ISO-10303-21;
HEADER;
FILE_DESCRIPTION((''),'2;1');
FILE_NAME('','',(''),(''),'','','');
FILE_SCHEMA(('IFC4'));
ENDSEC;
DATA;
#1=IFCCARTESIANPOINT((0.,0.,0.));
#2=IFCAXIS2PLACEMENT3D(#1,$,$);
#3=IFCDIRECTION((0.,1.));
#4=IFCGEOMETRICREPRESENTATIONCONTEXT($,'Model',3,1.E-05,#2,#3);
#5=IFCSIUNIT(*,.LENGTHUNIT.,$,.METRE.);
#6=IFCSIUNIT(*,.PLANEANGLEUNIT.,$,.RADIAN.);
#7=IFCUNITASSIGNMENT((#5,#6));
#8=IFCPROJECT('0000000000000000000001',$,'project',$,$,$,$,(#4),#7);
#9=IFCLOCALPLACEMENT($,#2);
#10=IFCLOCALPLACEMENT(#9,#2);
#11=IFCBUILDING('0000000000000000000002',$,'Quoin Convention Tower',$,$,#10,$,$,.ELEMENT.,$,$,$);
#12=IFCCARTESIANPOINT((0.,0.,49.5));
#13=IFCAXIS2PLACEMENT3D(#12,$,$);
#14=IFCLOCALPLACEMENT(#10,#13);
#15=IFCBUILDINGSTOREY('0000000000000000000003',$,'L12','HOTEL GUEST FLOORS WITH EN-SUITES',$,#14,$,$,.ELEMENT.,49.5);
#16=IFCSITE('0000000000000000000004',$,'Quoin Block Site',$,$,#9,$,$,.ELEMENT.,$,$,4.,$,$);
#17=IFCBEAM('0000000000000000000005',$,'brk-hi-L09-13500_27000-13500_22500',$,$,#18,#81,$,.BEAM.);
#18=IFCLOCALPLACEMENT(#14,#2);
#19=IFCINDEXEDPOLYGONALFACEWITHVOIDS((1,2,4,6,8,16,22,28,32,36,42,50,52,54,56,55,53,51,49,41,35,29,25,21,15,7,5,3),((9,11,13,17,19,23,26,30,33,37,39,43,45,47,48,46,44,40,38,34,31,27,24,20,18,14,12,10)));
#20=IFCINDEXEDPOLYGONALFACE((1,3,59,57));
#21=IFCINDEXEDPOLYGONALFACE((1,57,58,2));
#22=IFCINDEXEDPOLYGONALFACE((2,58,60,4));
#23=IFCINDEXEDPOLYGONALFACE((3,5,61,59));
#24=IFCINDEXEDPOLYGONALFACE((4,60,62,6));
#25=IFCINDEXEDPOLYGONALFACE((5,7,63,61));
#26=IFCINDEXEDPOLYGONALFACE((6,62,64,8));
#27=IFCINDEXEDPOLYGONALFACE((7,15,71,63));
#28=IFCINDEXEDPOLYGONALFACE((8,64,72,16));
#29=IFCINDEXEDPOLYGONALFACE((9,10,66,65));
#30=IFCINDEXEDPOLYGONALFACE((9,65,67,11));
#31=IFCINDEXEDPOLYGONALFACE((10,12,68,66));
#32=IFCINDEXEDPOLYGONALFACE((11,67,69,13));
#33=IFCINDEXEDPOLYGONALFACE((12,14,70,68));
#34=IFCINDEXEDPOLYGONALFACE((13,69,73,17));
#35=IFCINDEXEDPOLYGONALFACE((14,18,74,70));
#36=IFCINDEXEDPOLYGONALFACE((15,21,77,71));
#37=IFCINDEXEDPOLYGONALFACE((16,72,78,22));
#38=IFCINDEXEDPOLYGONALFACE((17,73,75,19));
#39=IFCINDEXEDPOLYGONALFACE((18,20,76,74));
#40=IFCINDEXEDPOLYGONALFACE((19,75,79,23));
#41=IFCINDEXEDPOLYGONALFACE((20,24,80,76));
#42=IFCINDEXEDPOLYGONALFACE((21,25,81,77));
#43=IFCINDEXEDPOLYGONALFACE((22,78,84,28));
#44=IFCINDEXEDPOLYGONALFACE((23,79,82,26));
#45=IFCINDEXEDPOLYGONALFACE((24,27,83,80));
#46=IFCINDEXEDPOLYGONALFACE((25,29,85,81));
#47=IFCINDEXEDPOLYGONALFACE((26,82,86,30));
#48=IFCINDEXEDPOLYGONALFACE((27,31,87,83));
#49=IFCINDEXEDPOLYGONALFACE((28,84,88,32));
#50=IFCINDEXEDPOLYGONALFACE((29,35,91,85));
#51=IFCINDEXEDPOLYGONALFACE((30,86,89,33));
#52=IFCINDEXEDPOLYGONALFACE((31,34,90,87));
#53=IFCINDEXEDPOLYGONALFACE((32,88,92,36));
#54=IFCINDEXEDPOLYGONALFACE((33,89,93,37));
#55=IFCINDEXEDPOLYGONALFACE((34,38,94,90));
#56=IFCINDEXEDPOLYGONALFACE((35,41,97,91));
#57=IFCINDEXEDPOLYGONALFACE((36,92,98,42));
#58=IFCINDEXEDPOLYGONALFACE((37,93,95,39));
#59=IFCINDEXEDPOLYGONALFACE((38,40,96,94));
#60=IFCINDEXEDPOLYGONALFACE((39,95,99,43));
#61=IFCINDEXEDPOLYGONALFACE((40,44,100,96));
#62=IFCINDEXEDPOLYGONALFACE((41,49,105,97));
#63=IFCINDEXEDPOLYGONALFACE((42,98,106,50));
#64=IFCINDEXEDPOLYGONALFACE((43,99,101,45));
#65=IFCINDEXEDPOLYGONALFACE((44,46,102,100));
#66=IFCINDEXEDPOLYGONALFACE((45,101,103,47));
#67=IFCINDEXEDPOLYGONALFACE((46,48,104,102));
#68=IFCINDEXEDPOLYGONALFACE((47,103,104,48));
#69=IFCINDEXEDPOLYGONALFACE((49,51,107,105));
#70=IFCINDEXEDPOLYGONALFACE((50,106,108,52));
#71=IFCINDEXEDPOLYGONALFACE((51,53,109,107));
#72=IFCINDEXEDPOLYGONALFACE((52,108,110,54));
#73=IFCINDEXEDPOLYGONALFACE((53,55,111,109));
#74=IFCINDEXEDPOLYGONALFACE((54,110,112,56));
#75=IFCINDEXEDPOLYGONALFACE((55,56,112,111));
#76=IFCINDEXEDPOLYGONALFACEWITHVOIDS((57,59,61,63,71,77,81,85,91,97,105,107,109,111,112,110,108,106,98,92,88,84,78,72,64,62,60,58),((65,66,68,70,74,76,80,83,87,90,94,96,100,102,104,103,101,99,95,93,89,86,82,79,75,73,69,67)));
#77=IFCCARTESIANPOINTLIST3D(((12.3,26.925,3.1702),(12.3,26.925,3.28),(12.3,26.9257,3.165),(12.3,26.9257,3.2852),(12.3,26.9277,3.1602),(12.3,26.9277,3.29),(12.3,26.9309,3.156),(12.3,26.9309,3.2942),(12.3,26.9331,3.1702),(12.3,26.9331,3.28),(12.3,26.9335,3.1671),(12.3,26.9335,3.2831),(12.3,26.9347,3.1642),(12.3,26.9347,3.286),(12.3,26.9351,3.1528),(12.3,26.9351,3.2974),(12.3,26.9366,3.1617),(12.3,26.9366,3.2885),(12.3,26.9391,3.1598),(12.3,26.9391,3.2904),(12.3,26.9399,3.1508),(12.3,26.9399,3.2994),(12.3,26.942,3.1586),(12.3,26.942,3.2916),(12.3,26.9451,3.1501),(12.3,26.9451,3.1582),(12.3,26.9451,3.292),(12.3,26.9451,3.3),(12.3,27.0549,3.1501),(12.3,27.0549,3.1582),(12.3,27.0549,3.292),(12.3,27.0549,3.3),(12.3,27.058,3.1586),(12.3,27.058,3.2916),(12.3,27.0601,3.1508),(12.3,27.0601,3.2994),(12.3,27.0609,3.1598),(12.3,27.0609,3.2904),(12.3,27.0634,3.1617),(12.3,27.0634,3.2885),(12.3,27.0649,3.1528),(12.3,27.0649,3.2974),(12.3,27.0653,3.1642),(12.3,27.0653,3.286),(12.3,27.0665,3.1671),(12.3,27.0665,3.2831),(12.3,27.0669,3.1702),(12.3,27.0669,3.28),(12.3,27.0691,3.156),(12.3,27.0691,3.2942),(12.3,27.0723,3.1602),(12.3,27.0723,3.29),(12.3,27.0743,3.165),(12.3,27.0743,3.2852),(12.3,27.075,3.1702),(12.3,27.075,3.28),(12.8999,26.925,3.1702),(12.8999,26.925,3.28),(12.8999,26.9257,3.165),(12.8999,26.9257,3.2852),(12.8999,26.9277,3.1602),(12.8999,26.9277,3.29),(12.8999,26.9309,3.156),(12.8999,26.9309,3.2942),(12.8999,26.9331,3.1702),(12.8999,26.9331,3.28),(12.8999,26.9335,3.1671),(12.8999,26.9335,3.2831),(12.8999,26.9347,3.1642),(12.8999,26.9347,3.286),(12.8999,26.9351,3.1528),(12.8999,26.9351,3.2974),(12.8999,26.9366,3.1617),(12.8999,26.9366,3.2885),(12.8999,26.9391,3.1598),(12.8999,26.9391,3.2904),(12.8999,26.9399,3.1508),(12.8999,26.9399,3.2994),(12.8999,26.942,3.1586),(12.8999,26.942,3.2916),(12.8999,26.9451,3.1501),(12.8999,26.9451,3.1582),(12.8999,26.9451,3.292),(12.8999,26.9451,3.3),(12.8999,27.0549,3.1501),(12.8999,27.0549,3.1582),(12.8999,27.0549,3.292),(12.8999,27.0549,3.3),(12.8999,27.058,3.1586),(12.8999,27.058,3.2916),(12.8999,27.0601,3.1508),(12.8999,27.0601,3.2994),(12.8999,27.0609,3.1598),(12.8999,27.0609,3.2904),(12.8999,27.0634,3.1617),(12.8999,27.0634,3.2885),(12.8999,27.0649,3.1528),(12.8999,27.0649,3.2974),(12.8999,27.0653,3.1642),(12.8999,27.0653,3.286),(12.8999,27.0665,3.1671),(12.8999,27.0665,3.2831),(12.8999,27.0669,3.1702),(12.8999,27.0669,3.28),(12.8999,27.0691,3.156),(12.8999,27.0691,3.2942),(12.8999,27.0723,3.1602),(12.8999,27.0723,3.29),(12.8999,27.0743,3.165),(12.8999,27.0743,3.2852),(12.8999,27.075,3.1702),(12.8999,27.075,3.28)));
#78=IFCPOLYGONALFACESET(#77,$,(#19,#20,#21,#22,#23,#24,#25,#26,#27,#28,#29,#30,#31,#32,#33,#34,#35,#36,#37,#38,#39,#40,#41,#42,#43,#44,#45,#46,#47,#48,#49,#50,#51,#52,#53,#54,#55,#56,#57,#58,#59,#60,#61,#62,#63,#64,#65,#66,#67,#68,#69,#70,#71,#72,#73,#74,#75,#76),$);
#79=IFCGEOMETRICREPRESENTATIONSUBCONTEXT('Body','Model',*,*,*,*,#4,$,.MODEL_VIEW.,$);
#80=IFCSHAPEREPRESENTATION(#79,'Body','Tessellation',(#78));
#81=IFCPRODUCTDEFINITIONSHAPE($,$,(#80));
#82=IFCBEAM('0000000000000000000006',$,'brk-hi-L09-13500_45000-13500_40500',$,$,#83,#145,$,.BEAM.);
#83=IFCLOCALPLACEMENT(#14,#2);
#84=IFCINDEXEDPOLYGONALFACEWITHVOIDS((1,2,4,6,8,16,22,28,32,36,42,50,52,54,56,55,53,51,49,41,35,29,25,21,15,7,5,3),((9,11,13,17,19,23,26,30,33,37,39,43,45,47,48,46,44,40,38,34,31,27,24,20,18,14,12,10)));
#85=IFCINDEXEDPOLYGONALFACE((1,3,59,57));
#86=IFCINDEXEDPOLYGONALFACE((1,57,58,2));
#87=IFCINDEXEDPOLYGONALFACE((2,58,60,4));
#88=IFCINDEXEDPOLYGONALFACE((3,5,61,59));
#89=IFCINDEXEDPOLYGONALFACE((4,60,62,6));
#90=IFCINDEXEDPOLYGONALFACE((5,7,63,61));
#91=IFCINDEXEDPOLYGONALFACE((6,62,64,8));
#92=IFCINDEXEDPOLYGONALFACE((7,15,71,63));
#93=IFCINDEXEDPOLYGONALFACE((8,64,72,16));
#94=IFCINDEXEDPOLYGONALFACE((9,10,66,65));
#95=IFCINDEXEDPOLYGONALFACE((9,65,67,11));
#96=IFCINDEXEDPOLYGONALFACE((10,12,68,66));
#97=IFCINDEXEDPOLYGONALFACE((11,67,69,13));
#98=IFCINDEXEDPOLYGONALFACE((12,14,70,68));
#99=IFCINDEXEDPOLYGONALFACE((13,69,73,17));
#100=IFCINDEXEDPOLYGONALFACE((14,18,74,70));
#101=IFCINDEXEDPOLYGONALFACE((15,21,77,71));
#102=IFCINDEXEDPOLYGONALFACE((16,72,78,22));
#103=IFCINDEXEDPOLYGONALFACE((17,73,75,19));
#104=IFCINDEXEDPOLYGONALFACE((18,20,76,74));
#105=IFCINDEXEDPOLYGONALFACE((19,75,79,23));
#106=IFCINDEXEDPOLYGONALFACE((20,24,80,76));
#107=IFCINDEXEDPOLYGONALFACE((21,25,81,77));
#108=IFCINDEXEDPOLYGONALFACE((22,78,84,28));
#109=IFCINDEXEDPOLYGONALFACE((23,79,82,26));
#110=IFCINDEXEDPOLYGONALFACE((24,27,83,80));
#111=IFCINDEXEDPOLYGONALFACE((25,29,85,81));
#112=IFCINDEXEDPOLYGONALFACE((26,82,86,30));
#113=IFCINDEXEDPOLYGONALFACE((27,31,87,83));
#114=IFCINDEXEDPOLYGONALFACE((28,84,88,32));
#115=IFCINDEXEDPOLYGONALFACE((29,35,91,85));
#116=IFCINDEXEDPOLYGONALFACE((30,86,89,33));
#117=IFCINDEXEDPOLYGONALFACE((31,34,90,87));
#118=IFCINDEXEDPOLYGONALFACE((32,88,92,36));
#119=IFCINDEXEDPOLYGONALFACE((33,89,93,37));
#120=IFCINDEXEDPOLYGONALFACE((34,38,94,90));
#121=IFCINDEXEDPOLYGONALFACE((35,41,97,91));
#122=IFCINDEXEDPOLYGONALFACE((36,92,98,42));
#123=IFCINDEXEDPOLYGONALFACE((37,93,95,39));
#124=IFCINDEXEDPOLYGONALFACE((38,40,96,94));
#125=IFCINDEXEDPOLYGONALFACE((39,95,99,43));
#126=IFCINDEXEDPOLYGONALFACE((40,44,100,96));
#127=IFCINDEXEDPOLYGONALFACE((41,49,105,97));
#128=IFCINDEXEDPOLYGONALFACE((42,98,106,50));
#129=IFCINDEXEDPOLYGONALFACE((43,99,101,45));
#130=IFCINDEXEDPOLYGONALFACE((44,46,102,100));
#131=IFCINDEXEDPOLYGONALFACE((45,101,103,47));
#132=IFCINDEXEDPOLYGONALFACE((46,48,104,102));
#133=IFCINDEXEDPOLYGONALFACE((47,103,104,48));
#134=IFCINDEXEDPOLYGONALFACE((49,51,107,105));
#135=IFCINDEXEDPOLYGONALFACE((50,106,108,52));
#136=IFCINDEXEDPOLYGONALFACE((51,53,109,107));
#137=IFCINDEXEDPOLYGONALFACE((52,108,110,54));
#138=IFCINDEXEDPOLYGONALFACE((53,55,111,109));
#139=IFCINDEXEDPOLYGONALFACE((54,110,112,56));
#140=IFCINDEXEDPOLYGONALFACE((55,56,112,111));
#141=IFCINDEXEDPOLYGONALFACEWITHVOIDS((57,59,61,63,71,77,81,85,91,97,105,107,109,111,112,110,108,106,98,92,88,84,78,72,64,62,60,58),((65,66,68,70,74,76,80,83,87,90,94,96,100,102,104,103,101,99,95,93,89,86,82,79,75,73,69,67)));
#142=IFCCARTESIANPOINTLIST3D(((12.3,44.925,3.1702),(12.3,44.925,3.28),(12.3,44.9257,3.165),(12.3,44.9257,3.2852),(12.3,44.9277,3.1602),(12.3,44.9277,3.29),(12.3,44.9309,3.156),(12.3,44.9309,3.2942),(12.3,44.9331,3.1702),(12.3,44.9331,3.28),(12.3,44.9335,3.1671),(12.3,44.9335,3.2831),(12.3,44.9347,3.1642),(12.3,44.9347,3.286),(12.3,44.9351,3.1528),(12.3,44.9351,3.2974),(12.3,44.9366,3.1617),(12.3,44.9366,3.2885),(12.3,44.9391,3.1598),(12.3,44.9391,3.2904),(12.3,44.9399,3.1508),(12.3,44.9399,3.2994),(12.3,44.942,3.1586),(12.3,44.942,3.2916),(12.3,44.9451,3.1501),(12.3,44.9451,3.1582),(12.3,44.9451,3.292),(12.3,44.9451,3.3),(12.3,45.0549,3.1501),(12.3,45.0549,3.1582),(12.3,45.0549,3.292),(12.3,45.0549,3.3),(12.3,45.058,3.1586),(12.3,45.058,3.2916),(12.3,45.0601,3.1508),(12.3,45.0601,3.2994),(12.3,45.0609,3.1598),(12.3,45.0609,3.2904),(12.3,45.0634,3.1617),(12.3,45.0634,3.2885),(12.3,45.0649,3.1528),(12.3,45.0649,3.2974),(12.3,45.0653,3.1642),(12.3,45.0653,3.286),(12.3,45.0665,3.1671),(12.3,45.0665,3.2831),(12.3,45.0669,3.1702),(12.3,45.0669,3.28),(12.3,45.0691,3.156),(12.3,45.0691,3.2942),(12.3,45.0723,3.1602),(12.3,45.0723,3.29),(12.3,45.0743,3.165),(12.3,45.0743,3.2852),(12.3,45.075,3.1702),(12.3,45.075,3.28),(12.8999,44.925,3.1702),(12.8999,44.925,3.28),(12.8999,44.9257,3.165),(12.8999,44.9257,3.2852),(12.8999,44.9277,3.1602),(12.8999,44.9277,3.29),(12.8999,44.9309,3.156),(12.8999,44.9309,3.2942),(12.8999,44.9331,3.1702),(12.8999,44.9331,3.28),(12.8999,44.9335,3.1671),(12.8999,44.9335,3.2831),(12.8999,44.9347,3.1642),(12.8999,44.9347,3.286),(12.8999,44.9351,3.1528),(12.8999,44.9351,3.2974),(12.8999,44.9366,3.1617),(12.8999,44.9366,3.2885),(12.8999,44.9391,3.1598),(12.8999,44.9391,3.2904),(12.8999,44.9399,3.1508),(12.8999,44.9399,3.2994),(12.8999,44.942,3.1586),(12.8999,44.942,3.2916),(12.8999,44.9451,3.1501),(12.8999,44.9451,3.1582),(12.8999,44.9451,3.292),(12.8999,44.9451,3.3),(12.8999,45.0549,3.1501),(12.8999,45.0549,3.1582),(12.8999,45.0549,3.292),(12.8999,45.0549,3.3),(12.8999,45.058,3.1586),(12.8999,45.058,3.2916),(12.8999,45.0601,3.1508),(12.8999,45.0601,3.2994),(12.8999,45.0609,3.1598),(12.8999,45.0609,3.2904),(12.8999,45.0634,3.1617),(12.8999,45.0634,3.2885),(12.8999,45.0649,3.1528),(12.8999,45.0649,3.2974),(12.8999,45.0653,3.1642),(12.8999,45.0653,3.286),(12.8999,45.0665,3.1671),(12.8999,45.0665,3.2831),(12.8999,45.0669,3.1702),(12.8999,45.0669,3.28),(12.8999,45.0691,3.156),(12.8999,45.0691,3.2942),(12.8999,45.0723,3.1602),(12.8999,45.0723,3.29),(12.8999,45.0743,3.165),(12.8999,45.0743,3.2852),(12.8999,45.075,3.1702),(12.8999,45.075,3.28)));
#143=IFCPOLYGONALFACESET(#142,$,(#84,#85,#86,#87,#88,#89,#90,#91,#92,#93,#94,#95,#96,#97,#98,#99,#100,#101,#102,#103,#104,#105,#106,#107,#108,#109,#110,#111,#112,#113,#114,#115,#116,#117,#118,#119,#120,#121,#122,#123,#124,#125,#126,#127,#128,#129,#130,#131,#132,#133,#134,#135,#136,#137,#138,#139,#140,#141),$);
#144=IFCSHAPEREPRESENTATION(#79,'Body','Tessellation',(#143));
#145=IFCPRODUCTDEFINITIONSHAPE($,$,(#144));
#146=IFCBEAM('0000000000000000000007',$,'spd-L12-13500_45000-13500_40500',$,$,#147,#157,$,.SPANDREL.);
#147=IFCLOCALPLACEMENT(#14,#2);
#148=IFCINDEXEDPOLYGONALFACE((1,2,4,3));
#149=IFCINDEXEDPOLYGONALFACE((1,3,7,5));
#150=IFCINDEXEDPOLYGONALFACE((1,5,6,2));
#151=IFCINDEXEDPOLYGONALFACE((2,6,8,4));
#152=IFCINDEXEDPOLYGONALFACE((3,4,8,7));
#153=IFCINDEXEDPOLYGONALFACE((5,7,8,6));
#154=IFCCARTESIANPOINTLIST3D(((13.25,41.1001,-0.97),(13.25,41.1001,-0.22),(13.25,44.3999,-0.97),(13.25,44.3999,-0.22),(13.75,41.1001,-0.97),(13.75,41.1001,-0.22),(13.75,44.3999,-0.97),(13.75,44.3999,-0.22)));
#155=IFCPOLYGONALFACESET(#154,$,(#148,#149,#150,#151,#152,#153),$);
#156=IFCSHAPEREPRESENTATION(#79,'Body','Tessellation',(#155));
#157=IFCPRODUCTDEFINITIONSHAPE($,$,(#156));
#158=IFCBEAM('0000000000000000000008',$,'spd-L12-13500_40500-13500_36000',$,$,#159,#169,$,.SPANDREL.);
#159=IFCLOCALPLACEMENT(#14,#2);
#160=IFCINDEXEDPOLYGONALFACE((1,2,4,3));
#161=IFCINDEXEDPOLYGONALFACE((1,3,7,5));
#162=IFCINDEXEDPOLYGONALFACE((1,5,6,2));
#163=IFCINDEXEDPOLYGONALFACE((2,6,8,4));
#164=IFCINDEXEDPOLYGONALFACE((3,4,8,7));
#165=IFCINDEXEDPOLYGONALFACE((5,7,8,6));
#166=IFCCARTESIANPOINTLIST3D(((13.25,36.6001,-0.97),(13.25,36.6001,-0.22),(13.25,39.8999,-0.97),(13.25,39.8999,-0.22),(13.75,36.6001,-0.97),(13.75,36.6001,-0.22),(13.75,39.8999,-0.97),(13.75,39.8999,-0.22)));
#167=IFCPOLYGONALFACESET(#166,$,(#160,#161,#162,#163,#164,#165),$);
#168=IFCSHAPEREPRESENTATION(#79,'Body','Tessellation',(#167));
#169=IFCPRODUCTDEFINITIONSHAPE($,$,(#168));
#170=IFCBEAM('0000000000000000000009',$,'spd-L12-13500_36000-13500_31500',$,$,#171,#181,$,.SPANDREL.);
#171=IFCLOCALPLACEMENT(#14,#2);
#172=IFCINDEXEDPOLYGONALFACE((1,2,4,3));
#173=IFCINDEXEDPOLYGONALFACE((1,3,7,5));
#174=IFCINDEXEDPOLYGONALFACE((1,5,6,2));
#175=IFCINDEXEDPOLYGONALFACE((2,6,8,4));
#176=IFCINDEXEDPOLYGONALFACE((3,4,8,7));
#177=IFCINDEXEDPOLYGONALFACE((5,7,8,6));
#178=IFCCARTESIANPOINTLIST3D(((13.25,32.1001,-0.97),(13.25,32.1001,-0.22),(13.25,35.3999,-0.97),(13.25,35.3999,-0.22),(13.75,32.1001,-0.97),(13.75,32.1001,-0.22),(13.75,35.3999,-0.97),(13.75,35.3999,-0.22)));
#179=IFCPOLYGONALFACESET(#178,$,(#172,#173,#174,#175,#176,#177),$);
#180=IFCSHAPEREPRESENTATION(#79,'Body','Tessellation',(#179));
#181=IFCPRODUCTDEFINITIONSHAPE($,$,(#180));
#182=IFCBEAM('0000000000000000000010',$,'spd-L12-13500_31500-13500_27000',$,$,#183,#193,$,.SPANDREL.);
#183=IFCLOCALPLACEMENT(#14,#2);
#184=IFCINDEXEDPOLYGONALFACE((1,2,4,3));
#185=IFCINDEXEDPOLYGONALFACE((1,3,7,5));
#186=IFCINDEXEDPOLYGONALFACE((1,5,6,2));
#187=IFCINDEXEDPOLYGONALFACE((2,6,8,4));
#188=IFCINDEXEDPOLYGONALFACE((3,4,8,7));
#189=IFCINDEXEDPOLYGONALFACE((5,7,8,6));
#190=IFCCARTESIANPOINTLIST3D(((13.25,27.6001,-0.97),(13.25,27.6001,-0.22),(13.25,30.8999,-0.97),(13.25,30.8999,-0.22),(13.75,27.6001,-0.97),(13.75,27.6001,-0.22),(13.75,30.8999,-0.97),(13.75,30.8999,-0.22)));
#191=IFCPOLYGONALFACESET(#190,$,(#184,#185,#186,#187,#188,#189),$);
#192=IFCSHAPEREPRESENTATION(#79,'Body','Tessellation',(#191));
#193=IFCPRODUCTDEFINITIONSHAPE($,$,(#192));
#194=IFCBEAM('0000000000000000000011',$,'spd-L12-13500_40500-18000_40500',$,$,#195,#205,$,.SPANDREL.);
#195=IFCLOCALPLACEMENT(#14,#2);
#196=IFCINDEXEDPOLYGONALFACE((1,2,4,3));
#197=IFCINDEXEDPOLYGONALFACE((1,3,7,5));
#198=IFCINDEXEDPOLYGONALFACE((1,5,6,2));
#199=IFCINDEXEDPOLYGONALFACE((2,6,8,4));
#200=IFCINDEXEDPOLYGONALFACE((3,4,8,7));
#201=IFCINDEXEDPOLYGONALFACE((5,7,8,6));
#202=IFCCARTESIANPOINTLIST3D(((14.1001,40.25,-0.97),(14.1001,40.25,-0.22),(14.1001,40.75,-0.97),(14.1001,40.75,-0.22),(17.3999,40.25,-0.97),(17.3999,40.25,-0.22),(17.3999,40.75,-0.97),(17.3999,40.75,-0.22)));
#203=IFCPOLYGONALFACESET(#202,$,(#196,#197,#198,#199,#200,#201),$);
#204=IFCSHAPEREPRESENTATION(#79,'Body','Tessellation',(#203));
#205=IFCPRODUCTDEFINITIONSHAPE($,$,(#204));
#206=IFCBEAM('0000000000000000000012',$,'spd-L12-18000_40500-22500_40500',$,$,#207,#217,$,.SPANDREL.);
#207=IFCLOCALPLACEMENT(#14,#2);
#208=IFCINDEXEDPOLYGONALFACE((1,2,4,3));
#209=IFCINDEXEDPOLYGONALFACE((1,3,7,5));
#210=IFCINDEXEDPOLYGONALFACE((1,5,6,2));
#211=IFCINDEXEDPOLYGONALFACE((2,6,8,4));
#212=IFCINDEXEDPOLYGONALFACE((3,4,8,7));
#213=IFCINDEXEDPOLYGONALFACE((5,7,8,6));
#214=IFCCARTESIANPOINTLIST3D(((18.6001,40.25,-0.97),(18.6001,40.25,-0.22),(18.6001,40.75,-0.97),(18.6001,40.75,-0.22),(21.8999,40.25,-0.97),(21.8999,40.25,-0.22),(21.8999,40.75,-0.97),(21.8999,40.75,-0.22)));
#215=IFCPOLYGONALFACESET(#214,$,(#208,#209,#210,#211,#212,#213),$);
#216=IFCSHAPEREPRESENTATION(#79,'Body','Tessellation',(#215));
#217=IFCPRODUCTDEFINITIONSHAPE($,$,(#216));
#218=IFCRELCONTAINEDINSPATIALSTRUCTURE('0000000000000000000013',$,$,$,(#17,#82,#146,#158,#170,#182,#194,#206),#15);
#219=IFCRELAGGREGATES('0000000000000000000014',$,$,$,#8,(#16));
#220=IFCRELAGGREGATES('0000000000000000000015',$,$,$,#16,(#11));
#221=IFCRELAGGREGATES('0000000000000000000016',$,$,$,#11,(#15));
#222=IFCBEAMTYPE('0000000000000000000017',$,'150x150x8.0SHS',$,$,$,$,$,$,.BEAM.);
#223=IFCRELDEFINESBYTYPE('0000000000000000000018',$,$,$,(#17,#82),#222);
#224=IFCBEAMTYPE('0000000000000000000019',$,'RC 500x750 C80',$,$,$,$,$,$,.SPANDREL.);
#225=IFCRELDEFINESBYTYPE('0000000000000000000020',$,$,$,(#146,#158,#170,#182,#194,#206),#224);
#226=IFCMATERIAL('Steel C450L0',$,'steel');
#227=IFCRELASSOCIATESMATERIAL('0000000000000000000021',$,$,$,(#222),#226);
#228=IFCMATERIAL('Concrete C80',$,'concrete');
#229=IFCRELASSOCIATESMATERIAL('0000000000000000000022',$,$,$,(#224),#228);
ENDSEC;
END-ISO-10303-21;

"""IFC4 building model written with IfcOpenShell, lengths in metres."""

from ifc_helpers import new_model, si_unit, direction, frame, origin, origin_2d, place, context, subcontext, project, spatial, rectangle, hollow_rectangle, extrude, material, material_profile, profile_set, type_object, element, save


model = new_model("IFC4")

# Units and contexts
model_context = context("Model", 3, precision=1e-05, world=origin(), true_north=direction((0.0, 1.0)))
body_context = subcontext(model_context, "Body", "Model", "MODEL_VIEW")
ifc_project = project(units=[si_unit("LENGTHUNIT", "METRE"), si_unit("PLANEANGLEUNIT", "RADIAN")], contexts=[model_context])

# Site, building, storey
site_placement = place(None, origin())
site = spatial("IfcSite", under=ifc_project, at=site_placement, Name="Quoin Block Site", CompositionType="ELEMENT", RefElevation=4.0)
building_placement = place(site_placement, origin())
building = spatial("IfcBuilding", under=site, at=building_placement, Name="Quoin Convention Tower", CompositionType="ELEMENT")
storey_placement = place(building_placement, frame((0.0, 0.0, 49.5)))
storey = spatial("IfcBuildingStorey", under=building, at=storey_placement, Name="L12", Description="HOTEL GUEST FLOORS WITH EN-SUITES", CompositionType="ELEMENT", Elevation=49.5)

# Shared definitions
ifc_material_1 = material(Name="Concrete C80", Category="concrete")

# Beams
ifc_material_2 = material(Name="Steel C450L0", Category="steel")
ifc_material_profile_1 = material_profile(ifc_material_2, hollow_rectangle(XDim=0.1499, YDim=0.1499, WallThickness=0.0081, InnerFilletRadius=0.012, OuterFilletRadius=0.02, at=origin_2d()), Name="150x150x8.0SHS")
ifc_profile_set_1 = profile_set([ifc_material_profile_1], Name="Steel C450L0")
beam_type_1 = type_object("IfcBeamType", Name="150x150x8.0SHS", PredefinedType="BEAM", material=ifc_profile_set_1)
for number, where, z_axis, x_axis, name in (
    (1, (12.8999, 27.0, 3.2251), (-1.0, 0.0, 0.0), (0.0, -1.0, 0.0), "brk-hi-L09-13500_27000-13500_22500"),
    (2, (12.8999, 45.0, 3.2251), (-1.0, 0.0, 0.0), (0.0, -1.0, 0.0), "brk-hi-L09-13500_45000-13500_40500"),
):
    element("IfcBeam", number, at=place(storey_placement, frame(where, z_axis=z_axis, x_axis=x_axis)), inside=storey, type_object=beam_type_1, Name=name, PredefinedType="BEAM", context=body_context, shape_type="SweptSolid", body=[
        extrude(hollow_rectangle(XDim=0.1499, YDim=0.1499, WallThickness=0.0081, InnerFilletRadius=0.012, OuterFilletRadius=0.02, at=origin_2d()), origin(), (0.0, 0.0, 1.0), 0.5999),
    ])
ifc_material_profile_2 = material_profile(ifc_material_1, rectangle(XDim=0.5, YDim=0.75, at=origin_2d()), Name="RC 500x750")
ifc_profile_set_2 = profile_set([ifc_material_profile_2], Name="Concrete C80")
beam_type_2 = type_object("IfcBeamType", Name="RC 500x750 C80", PredefinedType="SPANDREL", material=ifc_profile_set_2)
for number, where, z_axis, x_axis, name in (
    (3, (13.5, 44.3999, -0.595), (0.0, -1.0, 0.0), (1.0, 0.0, 0.0), "spd-L12-13500_45000-13500_40500"),
    (4, (13.5, 39.8999, -0.595), (0.0, -1.0, 0.0), (1.0, 0.0, 0.0), "spd-L12-13500_40500-13500_36000"),
    (5, (13.5, 35.3999, -0.595), (0.0, -1.0, 0.0), (1.0, 0.0, 0.0), "spd-L12-13500_36000-13500_31500"),
    (6, (13.5, 30.8999, -0.595), (0.0, -1.0, 0.0), (1.0, 0.0, 0.0), "spd-L12-13500_31500-13500_27000"),
    (7, (14.1001, 40.5, -0.595), (1.0, 0.0, 0.0), (0.0, 1.0, 0.0), "spd-L12-13500_40500-18000_40500"),
    (8, (18.6001, 40.5, -0.595), (1.0, 0.0, 0.0), (0.0, 1.0, 0.0), "spd-L12-18000_40500-22500_40500"),
):
    element("IfcBeam", number, at=place(storey_placement, frame(where, z_axis=z_axis, x_axis=x_axis)), inside=storey, type_object=beam_type_2, Name=name, PredefinedType="SPANDREL", context=body_context, shape_type="SweptSolid", body=[
        extrude(rectangle(XDim=0.5, YDim=0.75, at=origin_2d()), origin(), (0.0, 0.0, 1.0), 3.2998),
    ])

save(model, "model.ifc")
